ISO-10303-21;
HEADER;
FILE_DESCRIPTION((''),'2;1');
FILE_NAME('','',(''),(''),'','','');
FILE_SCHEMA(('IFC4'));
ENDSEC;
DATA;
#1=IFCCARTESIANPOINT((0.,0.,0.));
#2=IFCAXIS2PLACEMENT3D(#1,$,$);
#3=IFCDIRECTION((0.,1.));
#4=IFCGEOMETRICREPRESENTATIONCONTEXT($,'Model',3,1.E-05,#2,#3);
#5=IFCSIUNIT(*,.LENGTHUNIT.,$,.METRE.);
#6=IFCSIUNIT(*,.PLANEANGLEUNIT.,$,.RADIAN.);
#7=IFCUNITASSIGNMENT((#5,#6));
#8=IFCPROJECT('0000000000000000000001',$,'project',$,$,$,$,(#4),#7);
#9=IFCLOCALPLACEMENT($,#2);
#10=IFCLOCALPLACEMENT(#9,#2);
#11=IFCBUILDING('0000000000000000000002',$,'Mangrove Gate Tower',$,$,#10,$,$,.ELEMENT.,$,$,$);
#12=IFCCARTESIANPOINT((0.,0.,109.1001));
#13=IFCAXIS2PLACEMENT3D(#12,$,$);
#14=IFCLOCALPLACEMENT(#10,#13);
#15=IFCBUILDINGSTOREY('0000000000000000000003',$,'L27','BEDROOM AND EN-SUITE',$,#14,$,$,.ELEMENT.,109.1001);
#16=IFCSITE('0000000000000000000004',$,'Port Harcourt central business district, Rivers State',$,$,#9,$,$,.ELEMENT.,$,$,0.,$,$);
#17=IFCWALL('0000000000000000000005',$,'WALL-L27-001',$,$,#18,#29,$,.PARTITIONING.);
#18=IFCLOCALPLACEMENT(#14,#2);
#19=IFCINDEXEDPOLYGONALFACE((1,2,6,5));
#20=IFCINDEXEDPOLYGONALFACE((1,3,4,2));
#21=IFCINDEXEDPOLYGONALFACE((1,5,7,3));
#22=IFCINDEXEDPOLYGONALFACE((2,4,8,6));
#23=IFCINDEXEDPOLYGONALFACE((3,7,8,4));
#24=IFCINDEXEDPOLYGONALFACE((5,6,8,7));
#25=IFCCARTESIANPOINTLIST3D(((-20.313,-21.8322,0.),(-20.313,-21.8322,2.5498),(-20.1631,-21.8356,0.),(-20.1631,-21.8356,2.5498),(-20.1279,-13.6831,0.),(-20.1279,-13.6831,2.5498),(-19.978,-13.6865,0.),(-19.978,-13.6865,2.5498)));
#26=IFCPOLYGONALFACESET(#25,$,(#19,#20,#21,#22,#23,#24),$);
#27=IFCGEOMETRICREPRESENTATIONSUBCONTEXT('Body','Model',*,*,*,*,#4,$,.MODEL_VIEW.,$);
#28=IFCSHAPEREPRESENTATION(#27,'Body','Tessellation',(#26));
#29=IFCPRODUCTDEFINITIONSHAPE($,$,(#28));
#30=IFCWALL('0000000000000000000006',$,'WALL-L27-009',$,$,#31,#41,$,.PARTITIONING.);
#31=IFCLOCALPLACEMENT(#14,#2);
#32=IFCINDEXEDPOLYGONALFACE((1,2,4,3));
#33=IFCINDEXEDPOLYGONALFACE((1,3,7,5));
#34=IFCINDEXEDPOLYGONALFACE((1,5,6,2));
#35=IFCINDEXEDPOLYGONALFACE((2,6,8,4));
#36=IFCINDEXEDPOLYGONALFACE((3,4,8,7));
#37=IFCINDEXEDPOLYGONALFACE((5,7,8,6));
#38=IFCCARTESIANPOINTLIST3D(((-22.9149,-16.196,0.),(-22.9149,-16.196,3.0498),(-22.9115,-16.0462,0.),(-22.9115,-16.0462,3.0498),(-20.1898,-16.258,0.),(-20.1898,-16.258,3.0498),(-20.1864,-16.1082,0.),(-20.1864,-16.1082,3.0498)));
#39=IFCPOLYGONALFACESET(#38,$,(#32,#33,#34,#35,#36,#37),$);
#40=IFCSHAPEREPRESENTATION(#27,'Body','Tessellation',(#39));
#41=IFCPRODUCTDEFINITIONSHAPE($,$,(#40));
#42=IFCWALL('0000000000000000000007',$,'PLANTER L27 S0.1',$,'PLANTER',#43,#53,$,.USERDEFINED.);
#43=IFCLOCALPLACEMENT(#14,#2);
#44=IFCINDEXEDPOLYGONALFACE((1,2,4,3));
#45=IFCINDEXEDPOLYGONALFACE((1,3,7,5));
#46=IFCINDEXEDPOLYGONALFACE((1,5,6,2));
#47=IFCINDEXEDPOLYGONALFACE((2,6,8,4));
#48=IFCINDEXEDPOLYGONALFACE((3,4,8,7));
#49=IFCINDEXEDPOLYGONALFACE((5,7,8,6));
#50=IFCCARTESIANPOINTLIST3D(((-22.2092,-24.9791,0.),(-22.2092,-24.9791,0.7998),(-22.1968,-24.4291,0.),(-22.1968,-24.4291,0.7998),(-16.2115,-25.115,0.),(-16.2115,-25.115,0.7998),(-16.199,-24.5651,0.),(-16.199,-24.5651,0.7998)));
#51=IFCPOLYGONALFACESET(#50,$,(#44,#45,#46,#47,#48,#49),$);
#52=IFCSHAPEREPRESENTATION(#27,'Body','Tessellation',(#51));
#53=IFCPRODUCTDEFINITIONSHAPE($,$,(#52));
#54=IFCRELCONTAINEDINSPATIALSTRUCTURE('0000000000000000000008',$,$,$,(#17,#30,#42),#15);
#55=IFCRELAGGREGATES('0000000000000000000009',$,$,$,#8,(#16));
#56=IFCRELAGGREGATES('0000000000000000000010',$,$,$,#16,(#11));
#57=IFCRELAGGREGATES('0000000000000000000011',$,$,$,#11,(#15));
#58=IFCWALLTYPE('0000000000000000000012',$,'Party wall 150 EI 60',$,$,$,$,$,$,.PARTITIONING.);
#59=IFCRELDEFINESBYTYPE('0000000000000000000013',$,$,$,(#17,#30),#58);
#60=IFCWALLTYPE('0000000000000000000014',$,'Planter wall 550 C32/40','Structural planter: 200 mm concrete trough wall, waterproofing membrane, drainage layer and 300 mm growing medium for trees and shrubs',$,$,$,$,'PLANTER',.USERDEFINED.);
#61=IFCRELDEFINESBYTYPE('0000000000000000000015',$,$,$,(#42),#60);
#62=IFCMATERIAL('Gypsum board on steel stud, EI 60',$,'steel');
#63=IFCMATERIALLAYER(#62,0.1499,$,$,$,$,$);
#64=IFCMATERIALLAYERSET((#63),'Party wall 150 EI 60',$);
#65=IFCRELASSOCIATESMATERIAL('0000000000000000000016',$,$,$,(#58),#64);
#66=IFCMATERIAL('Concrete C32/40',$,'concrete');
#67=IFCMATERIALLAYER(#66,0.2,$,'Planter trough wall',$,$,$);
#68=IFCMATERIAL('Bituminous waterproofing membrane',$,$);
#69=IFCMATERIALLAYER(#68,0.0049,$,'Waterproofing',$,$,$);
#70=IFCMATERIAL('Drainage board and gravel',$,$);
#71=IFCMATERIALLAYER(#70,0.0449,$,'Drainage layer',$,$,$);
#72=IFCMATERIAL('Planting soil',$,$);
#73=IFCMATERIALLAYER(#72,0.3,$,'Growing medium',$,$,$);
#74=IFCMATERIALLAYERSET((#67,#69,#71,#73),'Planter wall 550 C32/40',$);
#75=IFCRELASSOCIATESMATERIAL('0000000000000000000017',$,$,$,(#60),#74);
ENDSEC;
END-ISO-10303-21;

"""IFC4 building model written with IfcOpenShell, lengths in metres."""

from ifc_helpers import new_model, si_unit, direction, frame, frame_2d, origin, place, context, subcontext, project, spatial, rectangle, extrude, material, layer, layer_set, type_object, element, save


model = new_model("IFC4")

# Units and contexts
model_context = context("Model", 3, precision=1e-05, world=origin(), true_north=direction((0.0, 1.0)))
body_context = subcontext(model_context, "Body", "Model", "MODEL_VIEW")
ifc_project = project(units=[si_unit("LENGTHUNIT", "METRE"), si_unit("PLANEANGLEUNIT", "RADIAN")], contexts=[model_context])

# Site, building, storey
site_placement = place(None, origin())
site = spatial("IfcSite", under=ifc_project, at=site_placement, Name="Port Harcourt central business district, Rivers State", CompositionType="ELEMENT", RefElevation=0.0)
building_placement = place(site_placement, origin())
building = spatial("IfcBuilding", under=site, at=building_placement, Name="Mangrove Gate Tower", CompositionType="ELEMENT")
storey_placement = place(building_placement, frame((0.0, 0.0, 109.1001)))
storey = spatial("IfcBuildingStorey", under=building, at=storey_placement, Name="L27", Description="BEDROOM AND EN-SUITE", CompositionType="ELEMENT", Elevation=109.1001)

# Walls
ifc_material_1 = material(Name="Gypsum board on steel stud, EI 60", Category="steel")
ifc_layer_1 = layer(ifc_material_1, 0.1499)
ifc_layer_set_1 = layer_set([ifc_layer_1], Name="Party wall 150 EI 60")
wall_type_1 = type_object("IfcWallType", Name="Party wall 150 EI 60", PredefinedType="PARTITIONING", material=ifc_layer_set_1)
wall_1_placement = place(storey_placement, frame((-20.238, -21.834, 0.0), z_axis=(0.0, 0.0, 1.0), x_axis=(0.022704, 0.999742, 0.0)))
element("IfcWall", 1, at=wall_1_placement, inside=storey, type_object=wall_type_1, Name="WALL-L27-001", PredefinedType="PARTITIONING", context=body_context, shape_type="SweptSolid", body=[
    extrude(rectangle(XDim=8.1511, YDim=0.1499, at=frame_2d((4.0757, 0.0))), origin(), (0.0, 0.0, 1.0), 2.5498),
])
wall_2_placement = place(storey_placement, frame((-22.9131, -16.1211, 0.0), z_axis=(0.0, 0.0, 1.0), x_axis=(0.999741, -0.02275, 0.0)))
element("IfcWall", 2, at=wall_2_placement, inside=storey, type_object=wall_type_1, Name="WALL-L27-009", PredefinedType="PARTITIONING", context=body_context, shape_type="SweptSolid", body=[
    extrude(rectangle(XDim=2.7258, YDim=0.1499, at=frame_2d((1.3628, 0.0))), origin(), (0.0, 0.0, 1.0), 3.0498),
])
ifc_material_2 = material(Name="Concrete C32/40", Category="concrete")
ifc_layer_2 = layer(ifc_material_2, 0.2, Name="Planter trough wall")
ifc_material_3 = material(Name="Bituminous waterproofing membrane")
ifc_layer_3 = layer(ifc_material_3, 0.0049, Name="Waterproofing")
ifc_material_4 = material(Name="Drainage board and gravel")
ifc_layer_4 = layer(ifc_material_4, 0.0449, Name="Drainage layer")
ifc_material_5 = material(Name="Planting soil")
ifc_layer_5 = layer(ifc_material_5, 0.3, Name="Growing medium")
ifc_layer_set_2 = layer_set([ifc_layer_2, ifc_layer_3, ifc_layer_4, ifc_layer_5], Name="Planter wall 550 C32/40")
wall_type_2 = type_object("IfcWallType", Name="Planter wall 550 C32/40", Description="Structural planter: 200 mm concrete trough wall, waterproofing membrane, drainage layer and 300 mm growing medium for trees and shrubs", ElementType="PLANTER", PredefinedType="USERDEFINED", material=ifc_layer_set_2)
wall_3_placement = place(storey_placement, frame((-22.2029, -24.7041, 0.0), z_axis=(0.0, 0.0, 1.0), x_axis=(0.999743, -0.022667, 0.0)))
element("IfcWall", 3, at=wall_3_placement, inside=storey, type_object=wall_type_2, Name="PLANTER L27 S0.1", ObjectType="PLANTER", PredefinedType="USERDEFINED", context=body_context, shape_type="SweptSolid", body=[
    extrude(rectangle(XDim=5.9993, YDim=0.55, at=frame_2d((2.9995, 0.0))), origin(), (0.0, 0.0, 1.0), 0.7998),
])

save(model, "model.ifc")
